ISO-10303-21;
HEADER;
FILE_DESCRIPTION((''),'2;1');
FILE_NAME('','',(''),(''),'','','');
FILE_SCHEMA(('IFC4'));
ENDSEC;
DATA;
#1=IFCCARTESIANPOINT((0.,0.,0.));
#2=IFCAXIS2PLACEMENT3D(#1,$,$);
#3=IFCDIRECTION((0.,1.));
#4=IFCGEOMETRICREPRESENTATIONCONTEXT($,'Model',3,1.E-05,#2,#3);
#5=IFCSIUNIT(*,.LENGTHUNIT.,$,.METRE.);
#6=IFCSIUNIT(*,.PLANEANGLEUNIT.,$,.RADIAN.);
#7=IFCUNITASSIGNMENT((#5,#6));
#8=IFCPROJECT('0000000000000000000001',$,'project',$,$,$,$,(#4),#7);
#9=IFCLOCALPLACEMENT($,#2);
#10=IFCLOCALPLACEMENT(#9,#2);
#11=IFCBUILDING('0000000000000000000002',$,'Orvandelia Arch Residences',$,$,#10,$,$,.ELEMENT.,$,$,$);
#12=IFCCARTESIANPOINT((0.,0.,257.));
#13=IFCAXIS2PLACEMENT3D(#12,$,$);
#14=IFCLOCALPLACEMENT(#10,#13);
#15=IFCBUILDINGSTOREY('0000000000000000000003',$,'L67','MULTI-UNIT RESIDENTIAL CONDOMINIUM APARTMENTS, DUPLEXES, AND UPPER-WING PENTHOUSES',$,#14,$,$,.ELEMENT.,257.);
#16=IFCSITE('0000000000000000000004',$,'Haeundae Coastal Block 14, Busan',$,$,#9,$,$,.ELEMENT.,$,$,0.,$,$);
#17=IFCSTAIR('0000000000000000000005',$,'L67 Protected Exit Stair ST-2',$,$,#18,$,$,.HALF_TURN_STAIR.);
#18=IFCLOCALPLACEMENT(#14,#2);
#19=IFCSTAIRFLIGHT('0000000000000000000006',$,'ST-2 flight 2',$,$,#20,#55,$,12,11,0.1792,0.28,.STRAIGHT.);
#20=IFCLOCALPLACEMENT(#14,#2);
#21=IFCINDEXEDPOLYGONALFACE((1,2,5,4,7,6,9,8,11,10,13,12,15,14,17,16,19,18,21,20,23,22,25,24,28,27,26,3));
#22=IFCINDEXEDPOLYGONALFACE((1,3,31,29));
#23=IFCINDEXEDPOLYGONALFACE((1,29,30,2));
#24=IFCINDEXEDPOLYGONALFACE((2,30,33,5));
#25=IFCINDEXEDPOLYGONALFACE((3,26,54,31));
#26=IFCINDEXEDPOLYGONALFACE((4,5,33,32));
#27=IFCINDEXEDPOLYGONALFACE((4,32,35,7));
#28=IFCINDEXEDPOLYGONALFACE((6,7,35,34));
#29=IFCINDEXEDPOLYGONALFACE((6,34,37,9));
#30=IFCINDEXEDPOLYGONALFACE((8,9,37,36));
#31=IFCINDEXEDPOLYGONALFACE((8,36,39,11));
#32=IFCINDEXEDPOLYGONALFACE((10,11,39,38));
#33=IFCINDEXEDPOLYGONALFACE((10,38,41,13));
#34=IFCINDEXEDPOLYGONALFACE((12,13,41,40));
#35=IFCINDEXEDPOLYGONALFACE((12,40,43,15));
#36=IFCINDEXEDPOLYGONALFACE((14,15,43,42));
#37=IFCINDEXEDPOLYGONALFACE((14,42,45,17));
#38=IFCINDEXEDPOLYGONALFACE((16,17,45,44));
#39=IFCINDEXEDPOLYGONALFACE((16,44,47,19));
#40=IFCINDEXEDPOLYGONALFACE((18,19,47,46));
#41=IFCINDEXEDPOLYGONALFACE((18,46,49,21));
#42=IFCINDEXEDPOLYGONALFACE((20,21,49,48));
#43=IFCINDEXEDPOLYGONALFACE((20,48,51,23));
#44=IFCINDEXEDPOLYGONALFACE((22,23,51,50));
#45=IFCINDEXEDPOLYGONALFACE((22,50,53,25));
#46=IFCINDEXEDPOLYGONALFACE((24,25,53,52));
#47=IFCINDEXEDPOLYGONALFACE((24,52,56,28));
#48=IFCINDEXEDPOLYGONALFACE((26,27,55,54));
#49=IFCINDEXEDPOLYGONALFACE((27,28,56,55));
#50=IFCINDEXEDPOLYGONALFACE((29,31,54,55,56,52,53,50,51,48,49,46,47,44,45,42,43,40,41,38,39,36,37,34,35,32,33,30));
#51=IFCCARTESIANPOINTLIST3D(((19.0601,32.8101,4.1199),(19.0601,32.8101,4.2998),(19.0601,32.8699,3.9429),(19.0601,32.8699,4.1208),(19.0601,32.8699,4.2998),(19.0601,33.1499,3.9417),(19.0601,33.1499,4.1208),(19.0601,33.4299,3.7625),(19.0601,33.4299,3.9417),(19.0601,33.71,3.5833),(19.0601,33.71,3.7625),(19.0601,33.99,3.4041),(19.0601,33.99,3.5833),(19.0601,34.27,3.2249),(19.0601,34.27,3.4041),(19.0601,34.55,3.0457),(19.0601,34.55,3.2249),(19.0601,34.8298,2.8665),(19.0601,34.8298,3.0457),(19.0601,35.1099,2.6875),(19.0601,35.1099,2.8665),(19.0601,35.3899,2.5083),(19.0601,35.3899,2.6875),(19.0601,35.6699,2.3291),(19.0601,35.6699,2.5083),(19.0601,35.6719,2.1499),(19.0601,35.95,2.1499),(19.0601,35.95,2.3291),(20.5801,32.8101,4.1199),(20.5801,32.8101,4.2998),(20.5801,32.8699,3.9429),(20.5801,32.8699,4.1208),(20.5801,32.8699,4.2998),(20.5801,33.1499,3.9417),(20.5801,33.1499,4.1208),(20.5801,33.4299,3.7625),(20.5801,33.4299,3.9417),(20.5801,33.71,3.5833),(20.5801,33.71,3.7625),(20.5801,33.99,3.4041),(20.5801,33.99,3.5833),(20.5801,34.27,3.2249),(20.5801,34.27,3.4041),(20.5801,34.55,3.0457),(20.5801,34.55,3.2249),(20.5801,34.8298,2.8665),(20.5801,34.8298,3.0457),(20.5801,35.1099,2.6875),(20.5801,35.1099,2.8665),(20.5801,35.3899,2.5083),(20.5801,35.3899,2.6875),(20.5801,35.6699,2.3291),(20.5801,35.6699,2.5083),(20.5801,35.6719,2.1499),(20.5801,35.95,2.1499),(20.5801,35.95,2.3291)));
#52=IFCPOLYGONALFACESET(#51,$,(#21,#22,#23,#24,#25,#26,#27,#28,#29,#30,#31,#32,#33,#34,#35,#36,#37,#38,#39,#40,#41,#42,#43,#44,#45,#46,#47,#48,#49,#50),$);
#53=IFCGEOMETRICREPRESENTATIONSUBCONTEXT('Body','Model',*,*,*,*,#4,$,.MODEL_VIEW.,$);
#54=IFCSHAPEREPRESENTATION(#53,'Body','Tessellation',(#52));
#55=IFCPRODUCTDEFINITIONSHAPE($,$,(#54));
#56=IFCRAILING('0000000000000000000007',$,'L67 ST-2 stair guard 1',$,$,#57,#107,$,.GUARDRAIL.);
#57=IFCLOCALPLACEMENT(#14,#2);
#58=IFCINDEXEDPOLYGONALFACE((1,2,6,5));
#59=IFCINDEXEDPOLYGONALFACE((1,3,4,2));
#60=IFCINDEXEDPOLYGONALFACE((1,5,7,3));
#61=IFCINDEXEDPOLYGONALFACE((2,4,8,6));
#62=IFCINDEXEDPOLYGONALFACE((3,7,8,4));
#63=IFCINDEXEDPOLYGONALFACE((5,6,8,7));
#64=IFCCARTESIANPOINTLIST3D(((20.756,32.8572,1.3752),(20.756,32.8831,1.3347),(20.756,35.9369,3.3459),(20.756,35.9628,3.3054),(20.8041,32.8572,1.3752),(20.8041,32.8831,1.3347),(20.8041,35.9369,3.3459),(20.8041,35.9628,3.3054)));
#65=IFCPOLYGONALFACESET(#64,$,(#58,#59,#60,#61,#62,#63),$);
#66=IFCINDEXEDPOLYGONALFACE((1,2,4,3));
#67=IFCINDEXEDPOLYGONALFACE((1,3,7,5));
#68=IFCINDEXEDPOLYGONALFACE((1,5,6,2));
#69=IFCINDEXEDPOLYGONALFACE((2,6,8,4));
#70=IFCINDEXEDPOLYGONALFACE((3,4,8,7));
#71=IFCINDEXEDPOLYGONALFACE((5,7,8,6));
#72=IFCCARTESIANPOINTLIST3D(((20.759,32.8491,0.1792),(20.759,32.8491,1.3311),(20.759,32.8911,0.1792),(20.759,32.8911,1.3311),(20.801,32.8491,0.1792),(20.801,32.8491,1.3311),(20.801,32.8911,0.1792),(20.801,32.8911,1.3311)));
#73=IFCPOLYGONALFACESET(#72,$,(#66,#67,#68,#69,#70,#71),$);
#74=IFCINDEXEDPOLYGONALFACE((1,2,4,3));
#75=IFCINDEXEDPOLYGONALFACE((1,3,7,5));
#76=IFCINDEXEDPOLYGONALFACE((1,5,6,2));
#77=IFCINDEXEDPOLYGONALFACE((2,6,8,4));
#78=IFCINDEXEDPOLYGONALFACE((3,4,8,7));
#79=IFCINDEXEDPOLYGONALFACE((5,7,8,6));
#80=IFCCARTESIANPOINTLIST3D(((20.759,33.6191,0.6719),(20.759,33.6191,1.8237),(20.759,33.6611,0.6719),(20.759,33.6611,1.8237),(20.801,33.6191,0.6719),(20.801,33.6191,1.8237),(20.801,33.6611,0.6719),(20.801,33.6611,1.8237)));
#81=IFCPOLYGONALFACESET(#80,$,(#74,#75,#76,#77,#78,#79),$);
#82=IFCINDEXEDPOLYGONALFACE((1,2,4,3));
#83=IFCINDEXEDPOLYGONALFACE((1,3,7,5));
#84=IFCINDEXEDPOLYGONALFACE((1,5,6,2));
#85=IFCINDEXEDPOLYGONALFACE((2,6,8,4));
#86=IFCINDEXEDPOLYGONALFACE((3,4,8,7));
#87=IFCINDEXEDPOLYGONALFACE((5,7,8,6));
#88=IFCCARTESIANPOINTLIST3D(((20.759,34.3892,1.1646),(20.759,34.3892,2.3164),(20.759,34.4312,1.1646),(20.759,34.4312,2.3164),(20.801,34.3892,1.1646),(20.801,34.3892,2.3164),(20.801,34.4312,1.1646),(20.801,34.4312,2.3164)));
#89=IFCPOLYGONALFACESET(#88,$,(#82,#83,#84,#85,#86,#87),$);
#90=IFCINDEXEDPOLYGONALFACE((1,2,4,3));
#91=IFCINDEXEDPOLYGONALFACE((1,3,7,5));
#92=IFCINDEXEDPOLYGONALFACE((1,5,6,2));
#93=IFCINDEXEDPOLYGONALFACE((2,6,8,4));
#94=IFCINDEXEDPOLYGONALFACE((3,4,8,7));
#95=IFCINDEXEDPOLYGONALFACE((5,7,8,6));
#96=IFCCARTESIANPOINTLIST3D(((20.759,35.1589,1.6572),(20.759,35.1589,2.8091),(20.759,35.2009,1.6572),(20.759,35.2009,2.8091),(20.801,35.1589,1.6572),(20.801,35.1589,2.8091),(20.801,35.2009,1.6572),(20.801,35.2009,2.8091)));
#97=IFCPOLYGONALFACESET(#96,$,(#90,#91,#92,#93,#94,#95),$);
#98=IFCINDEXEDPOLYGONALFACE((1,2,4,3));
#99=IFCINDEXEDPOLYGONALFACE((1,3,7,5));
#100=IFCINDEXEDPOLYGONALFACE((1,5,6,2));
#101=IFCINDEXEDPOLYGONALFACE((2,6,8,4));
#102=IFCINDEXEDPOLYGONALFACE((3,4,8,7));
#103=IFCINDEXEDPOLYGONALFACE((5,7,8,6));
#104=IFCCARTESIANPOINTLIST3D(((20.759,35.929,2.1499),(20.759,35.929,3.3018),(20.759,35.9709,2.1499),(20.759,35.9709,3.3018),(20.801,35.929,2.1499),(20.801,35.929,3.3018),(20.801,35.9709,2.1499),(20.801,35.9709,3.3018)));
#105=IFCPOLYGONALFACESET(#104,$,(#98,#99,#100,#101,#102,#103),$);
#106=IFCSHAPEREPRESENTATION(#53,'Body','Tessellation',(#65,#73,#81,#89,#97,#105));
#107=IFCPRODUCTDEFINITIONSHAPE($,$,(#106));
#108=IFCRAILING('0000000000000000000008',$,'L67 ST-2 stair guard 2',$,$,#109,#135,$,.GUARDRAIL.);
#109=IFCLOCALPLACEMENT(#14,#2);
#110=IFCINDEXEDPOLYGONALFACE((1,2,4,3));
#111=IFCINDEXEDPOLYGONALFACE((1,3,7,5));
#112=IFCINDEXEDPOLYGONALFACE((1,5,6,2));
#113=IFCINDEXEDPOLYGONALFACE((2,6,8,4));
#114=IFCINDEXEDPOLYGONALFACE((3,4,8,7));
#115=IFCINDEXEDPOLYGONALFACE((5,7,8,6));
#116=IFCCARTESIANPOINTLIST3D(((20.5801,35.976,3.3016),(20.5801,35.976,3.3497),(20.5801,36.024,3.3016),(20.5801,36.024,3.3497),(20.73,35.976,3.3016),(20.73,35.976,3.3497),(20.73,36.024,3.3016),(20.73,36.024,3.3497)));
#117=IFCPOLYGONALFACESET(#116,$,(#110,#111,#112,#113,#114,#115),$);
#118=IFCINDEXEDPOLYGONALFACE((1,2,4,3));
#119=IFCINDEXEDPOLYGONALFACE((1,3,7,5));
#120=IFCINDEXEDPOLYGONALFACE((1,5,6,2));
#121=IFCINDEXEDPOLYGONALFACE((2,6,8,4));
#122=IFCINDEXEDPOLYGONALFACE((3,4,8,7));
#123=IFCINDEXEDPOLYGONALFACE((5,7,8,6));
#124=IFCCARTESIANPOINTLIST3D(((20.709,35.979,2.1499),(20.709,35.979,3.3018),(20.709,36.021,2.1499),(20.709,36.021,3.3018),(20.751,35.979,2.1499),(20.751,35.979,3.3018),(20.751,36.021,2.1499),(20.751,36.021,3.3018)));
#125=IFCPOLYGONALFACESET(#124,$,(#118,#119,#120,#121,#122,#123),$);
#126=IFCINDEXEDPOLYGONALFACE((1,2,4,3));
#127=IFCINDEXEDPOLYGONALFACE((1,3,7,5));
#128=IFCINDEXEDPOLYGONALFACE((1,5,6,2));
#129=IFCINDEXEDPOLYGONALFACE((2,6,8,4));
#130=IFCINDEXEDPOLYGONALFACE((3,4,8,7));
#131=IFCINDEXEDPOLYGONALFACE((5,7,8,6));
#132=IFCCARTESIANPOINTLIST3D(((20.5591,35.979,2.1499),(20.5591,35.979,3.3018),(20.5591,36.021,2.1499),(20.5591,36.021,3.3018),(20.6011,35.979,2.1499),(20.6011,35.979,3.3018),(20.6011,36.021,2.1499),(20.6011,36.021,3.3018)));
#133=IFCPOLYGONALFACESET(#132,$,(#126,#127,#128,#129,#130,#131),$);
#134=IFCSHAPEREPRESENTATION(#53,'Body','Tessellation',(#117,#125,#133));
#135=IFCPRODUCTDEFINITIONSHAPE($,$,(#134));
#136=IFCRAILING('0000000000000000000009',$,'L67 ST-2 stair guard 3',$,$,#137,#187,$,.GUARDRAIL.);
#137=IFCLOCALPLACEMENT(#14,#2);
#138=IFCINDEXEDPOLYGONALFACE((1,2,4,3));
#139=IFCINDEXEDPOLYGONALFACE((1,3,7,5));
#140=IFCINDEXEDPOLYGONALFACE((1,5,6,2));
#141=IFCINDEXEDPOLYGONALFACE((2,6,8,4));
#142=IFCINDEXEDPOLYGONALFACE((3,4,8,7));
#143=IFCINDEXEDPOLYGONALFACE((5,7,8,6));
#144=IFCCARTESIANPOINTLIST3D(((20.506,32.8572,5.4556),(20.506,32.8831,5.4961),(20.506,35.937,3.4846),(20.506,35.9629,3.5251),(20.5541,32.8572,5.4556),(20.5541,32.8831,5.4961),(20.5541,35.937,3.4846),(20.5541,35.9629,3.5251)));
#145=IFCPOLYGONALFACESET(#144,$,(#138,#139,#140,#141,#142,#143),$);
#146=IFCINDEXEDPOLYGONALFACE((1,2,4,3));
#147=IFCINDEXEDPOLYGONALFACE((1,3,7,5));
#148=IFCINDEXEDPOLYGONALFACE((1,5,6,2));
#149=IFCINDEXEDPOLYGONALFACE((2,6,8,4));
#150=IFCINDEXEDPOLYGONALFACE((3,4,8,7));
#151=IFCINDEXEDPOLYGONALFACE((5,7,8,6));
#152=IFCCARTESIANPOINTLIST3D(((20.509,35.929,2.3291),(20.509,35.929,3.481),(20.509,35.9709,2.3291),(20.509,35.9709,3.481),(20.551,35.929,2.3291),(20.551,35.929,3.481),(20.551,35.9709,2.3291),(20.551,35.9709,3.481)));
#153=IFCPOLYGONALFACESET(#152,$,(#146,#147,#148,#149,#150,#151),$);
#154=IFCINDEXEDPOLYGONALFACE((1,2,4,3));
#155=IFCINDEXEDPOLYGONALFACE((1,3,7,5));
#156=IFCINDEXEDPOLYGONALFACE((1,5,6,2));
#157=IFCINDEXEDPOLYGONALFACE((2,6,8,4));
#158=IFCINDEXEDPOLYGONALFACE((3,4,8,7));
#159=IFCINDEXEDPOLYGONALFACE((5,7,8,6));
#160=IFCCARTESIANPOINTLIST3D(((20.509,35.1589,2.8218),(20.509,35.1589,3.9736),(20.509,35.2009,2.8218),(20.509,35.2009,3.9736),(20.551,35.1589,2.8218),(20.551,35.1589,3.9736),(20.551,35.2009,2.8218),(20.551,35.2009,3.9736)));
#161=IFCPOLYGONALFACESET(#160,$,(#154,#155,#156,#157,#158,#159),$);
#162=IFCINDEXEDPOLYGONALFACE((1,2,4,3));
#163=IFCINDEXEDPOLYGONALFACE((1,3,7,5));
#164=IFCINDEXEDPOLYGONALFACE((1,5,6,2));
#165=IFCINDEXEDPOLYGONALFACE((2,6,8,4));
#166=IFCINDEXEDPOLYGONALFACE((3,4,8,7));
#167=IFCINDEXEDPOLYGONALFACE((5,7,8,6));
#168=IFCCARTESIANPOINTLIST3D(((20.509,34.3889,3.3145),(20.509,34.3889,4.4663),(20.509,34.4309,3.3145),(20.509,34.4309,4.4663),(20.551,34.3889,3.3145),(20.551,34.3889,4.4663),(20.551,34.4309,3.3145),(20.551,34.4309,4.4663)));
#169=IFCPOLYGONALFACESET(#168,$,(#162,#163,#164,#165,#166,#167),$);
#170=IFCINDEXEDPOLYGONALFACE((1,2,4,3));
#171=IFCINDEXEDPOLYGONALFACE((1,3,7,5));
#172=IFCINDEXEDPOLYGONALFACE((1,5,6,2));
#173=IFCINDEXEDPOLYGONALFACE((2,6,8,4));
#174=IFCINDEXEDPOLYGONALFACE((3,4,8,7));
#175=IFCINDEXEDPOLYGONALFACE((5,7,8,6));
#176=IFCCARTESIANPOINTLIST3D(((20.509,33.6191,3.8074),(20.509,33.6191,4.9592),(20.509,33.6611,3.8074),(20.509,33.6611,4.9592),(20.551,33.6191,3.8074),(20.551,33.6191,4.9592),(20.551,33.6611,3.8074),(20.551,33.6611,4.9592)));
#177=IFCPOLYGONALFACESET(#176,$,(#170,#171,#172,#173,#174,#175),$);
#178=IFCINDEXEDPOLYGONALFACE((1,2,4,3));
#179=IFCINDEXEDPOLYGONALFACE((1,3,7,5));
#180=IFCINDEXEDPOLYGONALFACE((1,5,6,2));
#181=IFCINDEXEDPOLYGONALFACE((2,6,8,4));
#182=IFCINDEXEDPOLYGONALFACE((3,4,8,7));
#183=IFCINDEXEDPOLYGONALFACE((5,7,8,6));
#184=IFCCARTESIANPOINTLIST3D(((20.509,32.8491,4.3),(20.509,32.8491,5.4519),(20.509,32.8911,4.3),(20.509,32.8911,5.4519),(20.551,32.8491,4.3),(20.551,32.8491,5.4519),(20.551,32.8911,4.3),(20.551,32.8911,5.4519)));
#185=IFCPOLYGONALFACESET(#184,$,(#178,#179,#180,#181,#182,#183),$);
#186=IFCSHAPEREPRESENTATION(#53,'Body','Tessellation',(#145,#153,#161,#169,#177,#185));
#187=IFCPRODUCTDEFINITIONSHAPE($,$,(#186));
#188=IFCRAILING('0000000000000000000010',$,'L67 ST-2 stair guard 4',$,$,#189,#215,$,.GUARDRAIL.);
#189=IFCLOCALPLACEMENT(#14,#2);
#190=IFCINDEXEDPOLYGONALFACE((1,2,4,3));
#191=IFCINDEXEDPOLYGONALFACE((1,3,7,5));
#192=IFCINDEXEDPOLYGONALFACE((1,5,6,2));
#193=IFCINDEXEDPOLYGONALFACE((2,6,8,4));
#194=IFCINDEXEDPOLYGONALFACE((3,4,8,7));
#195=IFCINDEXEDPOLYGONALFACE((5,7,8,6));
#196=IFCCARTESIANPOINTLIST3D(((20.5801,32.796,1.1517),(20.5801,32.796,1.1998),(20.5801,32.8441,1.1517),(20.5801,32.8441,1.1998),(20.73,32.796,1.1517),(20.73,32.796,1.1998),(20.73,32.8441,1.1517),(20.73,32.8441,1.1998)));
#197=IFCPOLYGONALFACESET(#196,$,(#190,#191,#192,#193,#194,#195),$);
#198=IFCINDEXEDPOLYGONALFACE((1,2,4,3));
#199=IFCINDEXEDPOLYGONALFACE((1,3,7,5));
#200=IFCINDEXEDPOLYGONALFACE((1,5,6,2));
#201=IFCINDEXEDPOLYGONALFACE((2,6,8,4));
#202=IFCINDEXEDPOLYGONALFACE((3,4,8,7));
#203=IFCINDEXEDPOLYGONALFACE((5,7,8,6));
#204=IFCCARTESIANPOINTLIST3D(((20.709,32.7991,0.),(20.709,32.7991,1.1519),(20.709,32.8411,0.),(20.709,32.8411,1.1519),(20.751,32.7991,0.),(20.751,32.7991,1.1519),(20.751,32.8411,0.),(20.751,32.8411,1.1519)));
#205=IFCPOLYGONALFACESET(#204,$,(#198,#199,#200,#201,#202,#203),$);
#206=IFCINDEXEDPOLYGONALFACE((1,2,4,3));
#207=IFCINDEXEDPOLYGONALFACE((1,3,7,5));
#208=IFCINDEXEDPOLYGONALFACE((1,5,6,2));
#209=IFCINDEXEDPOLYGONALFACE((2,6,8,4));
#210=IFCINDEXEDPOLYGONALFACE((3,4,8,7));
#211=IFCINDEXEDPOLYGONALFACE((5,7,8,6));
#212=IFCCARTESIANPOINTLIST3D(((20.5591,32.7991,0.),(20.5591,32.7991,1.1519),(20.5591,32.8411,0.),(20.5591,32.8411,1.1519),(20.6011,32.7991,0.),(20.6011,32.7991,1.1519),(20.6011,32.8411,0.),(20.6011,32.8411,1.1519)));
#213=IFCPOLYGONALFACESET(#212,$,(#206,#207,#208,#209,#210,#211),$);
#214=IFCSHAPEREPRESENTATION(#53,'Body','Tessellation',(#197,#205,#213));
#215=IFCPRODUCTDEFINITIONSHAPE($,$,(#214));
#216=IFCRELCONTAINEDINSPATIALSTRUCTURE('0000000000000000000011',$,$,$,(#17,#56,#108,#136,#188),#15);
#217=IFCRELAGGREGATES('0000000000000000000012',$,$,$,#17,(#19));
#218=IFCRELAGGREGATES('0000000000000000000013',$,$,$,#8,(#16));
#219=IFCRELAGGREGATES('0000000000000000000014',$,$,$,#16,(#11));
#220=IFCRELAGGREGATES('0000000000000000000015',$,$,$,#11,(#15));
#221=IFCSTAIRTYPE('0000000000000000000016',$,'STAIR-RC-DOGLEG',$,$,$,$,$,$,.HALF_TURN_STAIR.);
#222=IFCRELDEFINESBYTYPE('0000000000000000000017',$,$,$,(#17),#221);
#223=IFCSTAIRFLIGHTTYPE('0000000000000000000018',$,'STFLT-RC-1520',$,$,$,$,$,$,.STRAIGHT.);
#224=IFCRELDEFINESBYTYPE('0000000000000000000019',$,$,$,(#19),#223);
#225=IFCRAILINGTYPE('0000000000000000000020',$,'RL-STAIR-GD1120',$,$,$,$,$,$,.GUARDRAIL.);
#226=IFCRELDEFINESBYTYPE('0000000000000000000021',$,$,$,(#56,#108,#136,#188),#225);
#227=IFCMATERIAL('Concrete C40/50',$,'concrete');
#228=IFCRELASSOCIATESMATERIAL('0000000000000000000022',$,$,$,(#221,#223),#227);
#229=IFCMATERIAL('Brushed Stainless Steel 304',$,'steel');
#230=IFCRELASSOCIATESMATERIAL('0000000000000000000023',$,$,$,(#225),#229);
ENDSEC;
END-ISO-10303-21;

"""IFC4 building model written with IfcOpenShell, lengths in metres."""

from ifc_helpers import new_model, si_unit, direction, frame, origin, origin_2d, place, context, subcontext, project, spatial, polyline, rectangle, outline, extrude, material, type_object, element, aggregate, save


model = new_model("IFC4")

# Units and contexts
model_context = context("Model", 3, precision=1e-05, world=origin(), true_north=direction((0.0, 1.0)))
body_context = subcontext(model_context, "Body", "Model", "MODEL_VIEW")
ifc_project = project(units=[si_unit("LENGTHUNIT", "METRE"), si_unit("PLANEANGLEUNIT", "RADIAN")], contexts=[model_context])

# Site, building, storey
site_placement = place(None, origin())
site = spatial("IfcSite", under=ifc_project, at=site_placement, Name="Haeundae Coastal Block 14, Busan", CompositionType="ELEMENT", RefElevation=0.0)
building_placement = place(site_placement, origin())
building = spatial("IfcBuilding", under=site, at=building_placement, Name="Orvandelia Arch Residences", CompositionType="ELEMENT")
storey_placement = place(building_placement, frame((0.0, 0.0, 257.0)))
storey = spatial("IfcBuildingStorey", under=building, at=storey_placement, Name="L67", Description="MULTI-UNIT RESIDENTIAL CONDOMINIUM APARTMENTS, DUPLEXES, AND UPPER-WING PENTHOUSES", CompositionType="ELEMENT", Elevation=257.0)

# Stair, stair flight
ifc_material_1 = material(Name="Concrete C40/50", Category="concrete")
stair_type = type_object("IfcStairType", Name="STAIR-RC-DOGLEG", PredefinedType="HALF_TURN_STAIR", material=ifc_material_1)
stair_placement = place(storey_placement, origin())
stair = element("IfcStair", 1, at=stair_placement, inside=storey, type_object=stair_type, Name="L67 Protected Exit Stair ST-2", PredefinedType="HALF_TURN_STAIR")
stair_flight_type = type_object("IfcStairFlightType", Name="STFLT-RC-1520", PredefinedType="STRAIGHT", material=ifc_material_1)
stair_flight_1_placement = place(storey_placement, frame((19.8201, 35.95, 2.1499), z_axis=(0.0, 0.0, 1.0), x_axis=(0.0, -1.0, 0.0)))
stair_flight_1 = element("IfcStairFlight", 2, at=stair_flight_1_placement, type_object=stair_flight_type, Name="ST-2 flight 2", NumberOfRisers=12, NumberOfTreads=11, PredefinedType="STRAIGHT", RiserHeight=0.1792, TreadLength=0.28, context=body_context, shape_type="SweptSolid", body=[
    extrude(outline(polyline([(0.0, 0.0), (0.0, 0.1792), (0.28, 0.1792), (0.28, 0.3584), (0.5601, 0.3584), (0.5601, 0.5376), (0.8401, 0.5376), (0.8401, 0.7166), (1.1201, 0.7166), (1.1201, 0.8958), (1.3999, 0.8958), (1.3999, 1.075), (1.6799, 1.075), (1.6799, 1.2542), (1.96, 1.2542), (1.96, 1.4333), (2.24, 1.4333), (2.24, 1.6125), (2.52, 1.6125), (2.52, 1.7917), (2.8, 1.7917), (2.8, 1.9709), (3.0801, 1.9709), (3.0801, 2.1499), (3.1399, 2.1499), (3.1399, 1.97), (3.0801, 1.793), (0.2781, 0.0), (0.0, 0.0)])), frame((0.0, 0.76, 0.0), z_axis=(0.0, -1.0, 0.0), x_axis=(1.0, 0.0, 0.0)), (0.0, 0.0, 1.0), 1.52),
])
aggregate(stair, [stair_flight_1])

# Railings
ifc_material_2 = material(Name="Brushed Stainless Steel 304", Category="steel")
railing_type_1 = type_object("IfcRailingType", Name="RL-STAIR-GD1120", PredefinedType="GUARDRAIL", material=ifc_material_2)
railing_1_placement = place(storey_placement, frame((20.78, 32.8701, 0.1792)))
element("IfcRailing", 3, at=railing_1_placement, inside=storey, type_object=railing_type_1, Name="L67 ST-2 stair guard 1", PredefinedType="GUARDRAIL", context=body_context, shape_type="SweptSolid", body=[
    extrude(rectangle(XDim=0.0481, YDim=0.0481, at=origin_2d()), frame((0.0, 0.0, 1.1758), z_axis=(0.0, 0.84232, 0.538978), x_axis=(-1.0, 0.0, 0.0)), (0.0, 0.0, 1.0), 3.6562),
    extrude(rectangle(XDim=0.042, YDim=0.042, at=origin_2d()), origin(), (0.0, 0.0, 1.0), 1.1519),
    extrude(rectangle(XDim=0.042, YDim=0.042, at=origin_2d()), frame((0.0, 0.77, 0.4927)), (0.0, 0.0, 1.0), 1.1519),
    extrude(rectangle(XDim=0.042, YDim=0.042, at=origin_2d()), frame((0.0, 1.54, 0.9854)), (0.0, 0.0, 1.0), 1.1519),
    extrude(rectangle(XDim=0.042, YDim=0.042, at=origin_2d()), frame((0.0, 2.3098, 1.478)), (0.0, 0.0, 1.0), 1.1519),
    extrude(rectangle(XDim=0.042, YDim=0.042, at=origin_2d()), frame((0.0, 3.0798, 1.9707)), (0.0, 0.0, 1.0), 1.1519),
])
railing_2_placement = place(storey_placement, frame((20.73, 36.0, 2.1499)))
element("IfcRailing", 4, at=railing_2_placement, inside=storey, type_object=railing_type_1, Name="L67 ST-2 stair guard 2", PredefinedType="GUARDRAIL", context=body_context, shape_type="SweptSolid", body=[
    extrude(rectangle(XDim=0.0481, YDim=0.0481, at=origin_2d()), frame((0.0, 0.0, 1.1758), z_axis=(-1.0, 0.0, 0.0), x_axis=(0.0, -1.0, 0.0)), (0.0, 0.0, 1.0), 0.1499),
    extrude(rectangle(XDim=0.042, YDim=0.042, at=origin_2d()), origin(), (0.0, 0.0, 1.0), 1.1519),
    extrude(rectangle(XDim=0.042, YDim=0.042, at=origin_2d()), frame((-0.1499, 0.0, 0.0)), (0.0, 0.0, 1.0), 1.1519),
])
railing_3_placement = place(storey_placement, frame((20.53, 35.95, 2.3291)))
element("IfcRailing", 5, at=railing_3_placement, inside=storey, type_object=railing_type_1, Name="L67 ST-2 stair guard 3", PredefinedType="GUARDRAIL", context=body_context, shape_type="SweptSolid", body=[
    extrude(rectangle(XDim=0.0481, YDim=0.0481, at=origin_2d()), frame((0.0, 0.0, 1.1758), z_axis=(0.0, -0.84229, 0.539025), x_axis=(1.0, 0.0, 0.0)), (0.0, 0.0, 1.0), 3.6565),
    extrude(rectangle(XDim=0.042, YDim=0.042, at=origin_2d()), origin(), (0.0, 0.0, 1.0), 1.1519),
    extrude(rectangle(XDim=0.042, YDim=0.042, at=origin_2d()), frame((0.0, -0.77, 0.4927)), (0.0, 0.0, 1.0), 1.1519),
    extrude(rectangle(XDim=0.042, YDim=0.042, at=origin_2d()), frame((0.0, -1.54, 0.9854)), (0.0, 0.0, 1.0), 1.1519),
    extrude(rectangle(XDim=0.042, YDim=0.042, at=origin_2d()), frame((0.0, -2.3098, 1.4783)), (0.0, 0.0, 1.0), 1.1519),
    extrude(rectangle(XDim=0.042, YDim=0.042, at=origin_2d()), frame((0.0, -3.0798, 1.9709)), (0.0, 0.0, 1.0), 1.1519),
])
railing_4_placement = place(storey_placement, frame((20.73, 32.8201, 0.0)))
element("IfcRailing", 6, at=railing_4_placement, inside=storey, type_object=railing_type_1, Name="L67 ST-2 stair guard 4", PredefinedType="GUARDRAIL", context=body_context, shape_type="SweptSolid", body=[
    extrude(rectangle(XDim=0.0481, YDim=0.0481, at=origin_2d()), frame((0.0, 0.0, 1.1758), z_axis=(-1.0, 0.0, 0.0), x_axis=(0.0, -1.0, 0.0)), (0.0, 0.0, 1.0), 0.1499),
    extrude(rectangle(XDim=0.042, YDim=0.042, at=origin_2d()), origin(), (0.0, 0.0, 1.0), 1.1519),
    extrude(rectangle(XDim=0.042, YDim=0.042, at=origin_2d()), frame((-0.1499, 0.0, 0.0)), (0.0, 0.0, 1.0), 1.1519),
])

save(model, "model.ifc")
